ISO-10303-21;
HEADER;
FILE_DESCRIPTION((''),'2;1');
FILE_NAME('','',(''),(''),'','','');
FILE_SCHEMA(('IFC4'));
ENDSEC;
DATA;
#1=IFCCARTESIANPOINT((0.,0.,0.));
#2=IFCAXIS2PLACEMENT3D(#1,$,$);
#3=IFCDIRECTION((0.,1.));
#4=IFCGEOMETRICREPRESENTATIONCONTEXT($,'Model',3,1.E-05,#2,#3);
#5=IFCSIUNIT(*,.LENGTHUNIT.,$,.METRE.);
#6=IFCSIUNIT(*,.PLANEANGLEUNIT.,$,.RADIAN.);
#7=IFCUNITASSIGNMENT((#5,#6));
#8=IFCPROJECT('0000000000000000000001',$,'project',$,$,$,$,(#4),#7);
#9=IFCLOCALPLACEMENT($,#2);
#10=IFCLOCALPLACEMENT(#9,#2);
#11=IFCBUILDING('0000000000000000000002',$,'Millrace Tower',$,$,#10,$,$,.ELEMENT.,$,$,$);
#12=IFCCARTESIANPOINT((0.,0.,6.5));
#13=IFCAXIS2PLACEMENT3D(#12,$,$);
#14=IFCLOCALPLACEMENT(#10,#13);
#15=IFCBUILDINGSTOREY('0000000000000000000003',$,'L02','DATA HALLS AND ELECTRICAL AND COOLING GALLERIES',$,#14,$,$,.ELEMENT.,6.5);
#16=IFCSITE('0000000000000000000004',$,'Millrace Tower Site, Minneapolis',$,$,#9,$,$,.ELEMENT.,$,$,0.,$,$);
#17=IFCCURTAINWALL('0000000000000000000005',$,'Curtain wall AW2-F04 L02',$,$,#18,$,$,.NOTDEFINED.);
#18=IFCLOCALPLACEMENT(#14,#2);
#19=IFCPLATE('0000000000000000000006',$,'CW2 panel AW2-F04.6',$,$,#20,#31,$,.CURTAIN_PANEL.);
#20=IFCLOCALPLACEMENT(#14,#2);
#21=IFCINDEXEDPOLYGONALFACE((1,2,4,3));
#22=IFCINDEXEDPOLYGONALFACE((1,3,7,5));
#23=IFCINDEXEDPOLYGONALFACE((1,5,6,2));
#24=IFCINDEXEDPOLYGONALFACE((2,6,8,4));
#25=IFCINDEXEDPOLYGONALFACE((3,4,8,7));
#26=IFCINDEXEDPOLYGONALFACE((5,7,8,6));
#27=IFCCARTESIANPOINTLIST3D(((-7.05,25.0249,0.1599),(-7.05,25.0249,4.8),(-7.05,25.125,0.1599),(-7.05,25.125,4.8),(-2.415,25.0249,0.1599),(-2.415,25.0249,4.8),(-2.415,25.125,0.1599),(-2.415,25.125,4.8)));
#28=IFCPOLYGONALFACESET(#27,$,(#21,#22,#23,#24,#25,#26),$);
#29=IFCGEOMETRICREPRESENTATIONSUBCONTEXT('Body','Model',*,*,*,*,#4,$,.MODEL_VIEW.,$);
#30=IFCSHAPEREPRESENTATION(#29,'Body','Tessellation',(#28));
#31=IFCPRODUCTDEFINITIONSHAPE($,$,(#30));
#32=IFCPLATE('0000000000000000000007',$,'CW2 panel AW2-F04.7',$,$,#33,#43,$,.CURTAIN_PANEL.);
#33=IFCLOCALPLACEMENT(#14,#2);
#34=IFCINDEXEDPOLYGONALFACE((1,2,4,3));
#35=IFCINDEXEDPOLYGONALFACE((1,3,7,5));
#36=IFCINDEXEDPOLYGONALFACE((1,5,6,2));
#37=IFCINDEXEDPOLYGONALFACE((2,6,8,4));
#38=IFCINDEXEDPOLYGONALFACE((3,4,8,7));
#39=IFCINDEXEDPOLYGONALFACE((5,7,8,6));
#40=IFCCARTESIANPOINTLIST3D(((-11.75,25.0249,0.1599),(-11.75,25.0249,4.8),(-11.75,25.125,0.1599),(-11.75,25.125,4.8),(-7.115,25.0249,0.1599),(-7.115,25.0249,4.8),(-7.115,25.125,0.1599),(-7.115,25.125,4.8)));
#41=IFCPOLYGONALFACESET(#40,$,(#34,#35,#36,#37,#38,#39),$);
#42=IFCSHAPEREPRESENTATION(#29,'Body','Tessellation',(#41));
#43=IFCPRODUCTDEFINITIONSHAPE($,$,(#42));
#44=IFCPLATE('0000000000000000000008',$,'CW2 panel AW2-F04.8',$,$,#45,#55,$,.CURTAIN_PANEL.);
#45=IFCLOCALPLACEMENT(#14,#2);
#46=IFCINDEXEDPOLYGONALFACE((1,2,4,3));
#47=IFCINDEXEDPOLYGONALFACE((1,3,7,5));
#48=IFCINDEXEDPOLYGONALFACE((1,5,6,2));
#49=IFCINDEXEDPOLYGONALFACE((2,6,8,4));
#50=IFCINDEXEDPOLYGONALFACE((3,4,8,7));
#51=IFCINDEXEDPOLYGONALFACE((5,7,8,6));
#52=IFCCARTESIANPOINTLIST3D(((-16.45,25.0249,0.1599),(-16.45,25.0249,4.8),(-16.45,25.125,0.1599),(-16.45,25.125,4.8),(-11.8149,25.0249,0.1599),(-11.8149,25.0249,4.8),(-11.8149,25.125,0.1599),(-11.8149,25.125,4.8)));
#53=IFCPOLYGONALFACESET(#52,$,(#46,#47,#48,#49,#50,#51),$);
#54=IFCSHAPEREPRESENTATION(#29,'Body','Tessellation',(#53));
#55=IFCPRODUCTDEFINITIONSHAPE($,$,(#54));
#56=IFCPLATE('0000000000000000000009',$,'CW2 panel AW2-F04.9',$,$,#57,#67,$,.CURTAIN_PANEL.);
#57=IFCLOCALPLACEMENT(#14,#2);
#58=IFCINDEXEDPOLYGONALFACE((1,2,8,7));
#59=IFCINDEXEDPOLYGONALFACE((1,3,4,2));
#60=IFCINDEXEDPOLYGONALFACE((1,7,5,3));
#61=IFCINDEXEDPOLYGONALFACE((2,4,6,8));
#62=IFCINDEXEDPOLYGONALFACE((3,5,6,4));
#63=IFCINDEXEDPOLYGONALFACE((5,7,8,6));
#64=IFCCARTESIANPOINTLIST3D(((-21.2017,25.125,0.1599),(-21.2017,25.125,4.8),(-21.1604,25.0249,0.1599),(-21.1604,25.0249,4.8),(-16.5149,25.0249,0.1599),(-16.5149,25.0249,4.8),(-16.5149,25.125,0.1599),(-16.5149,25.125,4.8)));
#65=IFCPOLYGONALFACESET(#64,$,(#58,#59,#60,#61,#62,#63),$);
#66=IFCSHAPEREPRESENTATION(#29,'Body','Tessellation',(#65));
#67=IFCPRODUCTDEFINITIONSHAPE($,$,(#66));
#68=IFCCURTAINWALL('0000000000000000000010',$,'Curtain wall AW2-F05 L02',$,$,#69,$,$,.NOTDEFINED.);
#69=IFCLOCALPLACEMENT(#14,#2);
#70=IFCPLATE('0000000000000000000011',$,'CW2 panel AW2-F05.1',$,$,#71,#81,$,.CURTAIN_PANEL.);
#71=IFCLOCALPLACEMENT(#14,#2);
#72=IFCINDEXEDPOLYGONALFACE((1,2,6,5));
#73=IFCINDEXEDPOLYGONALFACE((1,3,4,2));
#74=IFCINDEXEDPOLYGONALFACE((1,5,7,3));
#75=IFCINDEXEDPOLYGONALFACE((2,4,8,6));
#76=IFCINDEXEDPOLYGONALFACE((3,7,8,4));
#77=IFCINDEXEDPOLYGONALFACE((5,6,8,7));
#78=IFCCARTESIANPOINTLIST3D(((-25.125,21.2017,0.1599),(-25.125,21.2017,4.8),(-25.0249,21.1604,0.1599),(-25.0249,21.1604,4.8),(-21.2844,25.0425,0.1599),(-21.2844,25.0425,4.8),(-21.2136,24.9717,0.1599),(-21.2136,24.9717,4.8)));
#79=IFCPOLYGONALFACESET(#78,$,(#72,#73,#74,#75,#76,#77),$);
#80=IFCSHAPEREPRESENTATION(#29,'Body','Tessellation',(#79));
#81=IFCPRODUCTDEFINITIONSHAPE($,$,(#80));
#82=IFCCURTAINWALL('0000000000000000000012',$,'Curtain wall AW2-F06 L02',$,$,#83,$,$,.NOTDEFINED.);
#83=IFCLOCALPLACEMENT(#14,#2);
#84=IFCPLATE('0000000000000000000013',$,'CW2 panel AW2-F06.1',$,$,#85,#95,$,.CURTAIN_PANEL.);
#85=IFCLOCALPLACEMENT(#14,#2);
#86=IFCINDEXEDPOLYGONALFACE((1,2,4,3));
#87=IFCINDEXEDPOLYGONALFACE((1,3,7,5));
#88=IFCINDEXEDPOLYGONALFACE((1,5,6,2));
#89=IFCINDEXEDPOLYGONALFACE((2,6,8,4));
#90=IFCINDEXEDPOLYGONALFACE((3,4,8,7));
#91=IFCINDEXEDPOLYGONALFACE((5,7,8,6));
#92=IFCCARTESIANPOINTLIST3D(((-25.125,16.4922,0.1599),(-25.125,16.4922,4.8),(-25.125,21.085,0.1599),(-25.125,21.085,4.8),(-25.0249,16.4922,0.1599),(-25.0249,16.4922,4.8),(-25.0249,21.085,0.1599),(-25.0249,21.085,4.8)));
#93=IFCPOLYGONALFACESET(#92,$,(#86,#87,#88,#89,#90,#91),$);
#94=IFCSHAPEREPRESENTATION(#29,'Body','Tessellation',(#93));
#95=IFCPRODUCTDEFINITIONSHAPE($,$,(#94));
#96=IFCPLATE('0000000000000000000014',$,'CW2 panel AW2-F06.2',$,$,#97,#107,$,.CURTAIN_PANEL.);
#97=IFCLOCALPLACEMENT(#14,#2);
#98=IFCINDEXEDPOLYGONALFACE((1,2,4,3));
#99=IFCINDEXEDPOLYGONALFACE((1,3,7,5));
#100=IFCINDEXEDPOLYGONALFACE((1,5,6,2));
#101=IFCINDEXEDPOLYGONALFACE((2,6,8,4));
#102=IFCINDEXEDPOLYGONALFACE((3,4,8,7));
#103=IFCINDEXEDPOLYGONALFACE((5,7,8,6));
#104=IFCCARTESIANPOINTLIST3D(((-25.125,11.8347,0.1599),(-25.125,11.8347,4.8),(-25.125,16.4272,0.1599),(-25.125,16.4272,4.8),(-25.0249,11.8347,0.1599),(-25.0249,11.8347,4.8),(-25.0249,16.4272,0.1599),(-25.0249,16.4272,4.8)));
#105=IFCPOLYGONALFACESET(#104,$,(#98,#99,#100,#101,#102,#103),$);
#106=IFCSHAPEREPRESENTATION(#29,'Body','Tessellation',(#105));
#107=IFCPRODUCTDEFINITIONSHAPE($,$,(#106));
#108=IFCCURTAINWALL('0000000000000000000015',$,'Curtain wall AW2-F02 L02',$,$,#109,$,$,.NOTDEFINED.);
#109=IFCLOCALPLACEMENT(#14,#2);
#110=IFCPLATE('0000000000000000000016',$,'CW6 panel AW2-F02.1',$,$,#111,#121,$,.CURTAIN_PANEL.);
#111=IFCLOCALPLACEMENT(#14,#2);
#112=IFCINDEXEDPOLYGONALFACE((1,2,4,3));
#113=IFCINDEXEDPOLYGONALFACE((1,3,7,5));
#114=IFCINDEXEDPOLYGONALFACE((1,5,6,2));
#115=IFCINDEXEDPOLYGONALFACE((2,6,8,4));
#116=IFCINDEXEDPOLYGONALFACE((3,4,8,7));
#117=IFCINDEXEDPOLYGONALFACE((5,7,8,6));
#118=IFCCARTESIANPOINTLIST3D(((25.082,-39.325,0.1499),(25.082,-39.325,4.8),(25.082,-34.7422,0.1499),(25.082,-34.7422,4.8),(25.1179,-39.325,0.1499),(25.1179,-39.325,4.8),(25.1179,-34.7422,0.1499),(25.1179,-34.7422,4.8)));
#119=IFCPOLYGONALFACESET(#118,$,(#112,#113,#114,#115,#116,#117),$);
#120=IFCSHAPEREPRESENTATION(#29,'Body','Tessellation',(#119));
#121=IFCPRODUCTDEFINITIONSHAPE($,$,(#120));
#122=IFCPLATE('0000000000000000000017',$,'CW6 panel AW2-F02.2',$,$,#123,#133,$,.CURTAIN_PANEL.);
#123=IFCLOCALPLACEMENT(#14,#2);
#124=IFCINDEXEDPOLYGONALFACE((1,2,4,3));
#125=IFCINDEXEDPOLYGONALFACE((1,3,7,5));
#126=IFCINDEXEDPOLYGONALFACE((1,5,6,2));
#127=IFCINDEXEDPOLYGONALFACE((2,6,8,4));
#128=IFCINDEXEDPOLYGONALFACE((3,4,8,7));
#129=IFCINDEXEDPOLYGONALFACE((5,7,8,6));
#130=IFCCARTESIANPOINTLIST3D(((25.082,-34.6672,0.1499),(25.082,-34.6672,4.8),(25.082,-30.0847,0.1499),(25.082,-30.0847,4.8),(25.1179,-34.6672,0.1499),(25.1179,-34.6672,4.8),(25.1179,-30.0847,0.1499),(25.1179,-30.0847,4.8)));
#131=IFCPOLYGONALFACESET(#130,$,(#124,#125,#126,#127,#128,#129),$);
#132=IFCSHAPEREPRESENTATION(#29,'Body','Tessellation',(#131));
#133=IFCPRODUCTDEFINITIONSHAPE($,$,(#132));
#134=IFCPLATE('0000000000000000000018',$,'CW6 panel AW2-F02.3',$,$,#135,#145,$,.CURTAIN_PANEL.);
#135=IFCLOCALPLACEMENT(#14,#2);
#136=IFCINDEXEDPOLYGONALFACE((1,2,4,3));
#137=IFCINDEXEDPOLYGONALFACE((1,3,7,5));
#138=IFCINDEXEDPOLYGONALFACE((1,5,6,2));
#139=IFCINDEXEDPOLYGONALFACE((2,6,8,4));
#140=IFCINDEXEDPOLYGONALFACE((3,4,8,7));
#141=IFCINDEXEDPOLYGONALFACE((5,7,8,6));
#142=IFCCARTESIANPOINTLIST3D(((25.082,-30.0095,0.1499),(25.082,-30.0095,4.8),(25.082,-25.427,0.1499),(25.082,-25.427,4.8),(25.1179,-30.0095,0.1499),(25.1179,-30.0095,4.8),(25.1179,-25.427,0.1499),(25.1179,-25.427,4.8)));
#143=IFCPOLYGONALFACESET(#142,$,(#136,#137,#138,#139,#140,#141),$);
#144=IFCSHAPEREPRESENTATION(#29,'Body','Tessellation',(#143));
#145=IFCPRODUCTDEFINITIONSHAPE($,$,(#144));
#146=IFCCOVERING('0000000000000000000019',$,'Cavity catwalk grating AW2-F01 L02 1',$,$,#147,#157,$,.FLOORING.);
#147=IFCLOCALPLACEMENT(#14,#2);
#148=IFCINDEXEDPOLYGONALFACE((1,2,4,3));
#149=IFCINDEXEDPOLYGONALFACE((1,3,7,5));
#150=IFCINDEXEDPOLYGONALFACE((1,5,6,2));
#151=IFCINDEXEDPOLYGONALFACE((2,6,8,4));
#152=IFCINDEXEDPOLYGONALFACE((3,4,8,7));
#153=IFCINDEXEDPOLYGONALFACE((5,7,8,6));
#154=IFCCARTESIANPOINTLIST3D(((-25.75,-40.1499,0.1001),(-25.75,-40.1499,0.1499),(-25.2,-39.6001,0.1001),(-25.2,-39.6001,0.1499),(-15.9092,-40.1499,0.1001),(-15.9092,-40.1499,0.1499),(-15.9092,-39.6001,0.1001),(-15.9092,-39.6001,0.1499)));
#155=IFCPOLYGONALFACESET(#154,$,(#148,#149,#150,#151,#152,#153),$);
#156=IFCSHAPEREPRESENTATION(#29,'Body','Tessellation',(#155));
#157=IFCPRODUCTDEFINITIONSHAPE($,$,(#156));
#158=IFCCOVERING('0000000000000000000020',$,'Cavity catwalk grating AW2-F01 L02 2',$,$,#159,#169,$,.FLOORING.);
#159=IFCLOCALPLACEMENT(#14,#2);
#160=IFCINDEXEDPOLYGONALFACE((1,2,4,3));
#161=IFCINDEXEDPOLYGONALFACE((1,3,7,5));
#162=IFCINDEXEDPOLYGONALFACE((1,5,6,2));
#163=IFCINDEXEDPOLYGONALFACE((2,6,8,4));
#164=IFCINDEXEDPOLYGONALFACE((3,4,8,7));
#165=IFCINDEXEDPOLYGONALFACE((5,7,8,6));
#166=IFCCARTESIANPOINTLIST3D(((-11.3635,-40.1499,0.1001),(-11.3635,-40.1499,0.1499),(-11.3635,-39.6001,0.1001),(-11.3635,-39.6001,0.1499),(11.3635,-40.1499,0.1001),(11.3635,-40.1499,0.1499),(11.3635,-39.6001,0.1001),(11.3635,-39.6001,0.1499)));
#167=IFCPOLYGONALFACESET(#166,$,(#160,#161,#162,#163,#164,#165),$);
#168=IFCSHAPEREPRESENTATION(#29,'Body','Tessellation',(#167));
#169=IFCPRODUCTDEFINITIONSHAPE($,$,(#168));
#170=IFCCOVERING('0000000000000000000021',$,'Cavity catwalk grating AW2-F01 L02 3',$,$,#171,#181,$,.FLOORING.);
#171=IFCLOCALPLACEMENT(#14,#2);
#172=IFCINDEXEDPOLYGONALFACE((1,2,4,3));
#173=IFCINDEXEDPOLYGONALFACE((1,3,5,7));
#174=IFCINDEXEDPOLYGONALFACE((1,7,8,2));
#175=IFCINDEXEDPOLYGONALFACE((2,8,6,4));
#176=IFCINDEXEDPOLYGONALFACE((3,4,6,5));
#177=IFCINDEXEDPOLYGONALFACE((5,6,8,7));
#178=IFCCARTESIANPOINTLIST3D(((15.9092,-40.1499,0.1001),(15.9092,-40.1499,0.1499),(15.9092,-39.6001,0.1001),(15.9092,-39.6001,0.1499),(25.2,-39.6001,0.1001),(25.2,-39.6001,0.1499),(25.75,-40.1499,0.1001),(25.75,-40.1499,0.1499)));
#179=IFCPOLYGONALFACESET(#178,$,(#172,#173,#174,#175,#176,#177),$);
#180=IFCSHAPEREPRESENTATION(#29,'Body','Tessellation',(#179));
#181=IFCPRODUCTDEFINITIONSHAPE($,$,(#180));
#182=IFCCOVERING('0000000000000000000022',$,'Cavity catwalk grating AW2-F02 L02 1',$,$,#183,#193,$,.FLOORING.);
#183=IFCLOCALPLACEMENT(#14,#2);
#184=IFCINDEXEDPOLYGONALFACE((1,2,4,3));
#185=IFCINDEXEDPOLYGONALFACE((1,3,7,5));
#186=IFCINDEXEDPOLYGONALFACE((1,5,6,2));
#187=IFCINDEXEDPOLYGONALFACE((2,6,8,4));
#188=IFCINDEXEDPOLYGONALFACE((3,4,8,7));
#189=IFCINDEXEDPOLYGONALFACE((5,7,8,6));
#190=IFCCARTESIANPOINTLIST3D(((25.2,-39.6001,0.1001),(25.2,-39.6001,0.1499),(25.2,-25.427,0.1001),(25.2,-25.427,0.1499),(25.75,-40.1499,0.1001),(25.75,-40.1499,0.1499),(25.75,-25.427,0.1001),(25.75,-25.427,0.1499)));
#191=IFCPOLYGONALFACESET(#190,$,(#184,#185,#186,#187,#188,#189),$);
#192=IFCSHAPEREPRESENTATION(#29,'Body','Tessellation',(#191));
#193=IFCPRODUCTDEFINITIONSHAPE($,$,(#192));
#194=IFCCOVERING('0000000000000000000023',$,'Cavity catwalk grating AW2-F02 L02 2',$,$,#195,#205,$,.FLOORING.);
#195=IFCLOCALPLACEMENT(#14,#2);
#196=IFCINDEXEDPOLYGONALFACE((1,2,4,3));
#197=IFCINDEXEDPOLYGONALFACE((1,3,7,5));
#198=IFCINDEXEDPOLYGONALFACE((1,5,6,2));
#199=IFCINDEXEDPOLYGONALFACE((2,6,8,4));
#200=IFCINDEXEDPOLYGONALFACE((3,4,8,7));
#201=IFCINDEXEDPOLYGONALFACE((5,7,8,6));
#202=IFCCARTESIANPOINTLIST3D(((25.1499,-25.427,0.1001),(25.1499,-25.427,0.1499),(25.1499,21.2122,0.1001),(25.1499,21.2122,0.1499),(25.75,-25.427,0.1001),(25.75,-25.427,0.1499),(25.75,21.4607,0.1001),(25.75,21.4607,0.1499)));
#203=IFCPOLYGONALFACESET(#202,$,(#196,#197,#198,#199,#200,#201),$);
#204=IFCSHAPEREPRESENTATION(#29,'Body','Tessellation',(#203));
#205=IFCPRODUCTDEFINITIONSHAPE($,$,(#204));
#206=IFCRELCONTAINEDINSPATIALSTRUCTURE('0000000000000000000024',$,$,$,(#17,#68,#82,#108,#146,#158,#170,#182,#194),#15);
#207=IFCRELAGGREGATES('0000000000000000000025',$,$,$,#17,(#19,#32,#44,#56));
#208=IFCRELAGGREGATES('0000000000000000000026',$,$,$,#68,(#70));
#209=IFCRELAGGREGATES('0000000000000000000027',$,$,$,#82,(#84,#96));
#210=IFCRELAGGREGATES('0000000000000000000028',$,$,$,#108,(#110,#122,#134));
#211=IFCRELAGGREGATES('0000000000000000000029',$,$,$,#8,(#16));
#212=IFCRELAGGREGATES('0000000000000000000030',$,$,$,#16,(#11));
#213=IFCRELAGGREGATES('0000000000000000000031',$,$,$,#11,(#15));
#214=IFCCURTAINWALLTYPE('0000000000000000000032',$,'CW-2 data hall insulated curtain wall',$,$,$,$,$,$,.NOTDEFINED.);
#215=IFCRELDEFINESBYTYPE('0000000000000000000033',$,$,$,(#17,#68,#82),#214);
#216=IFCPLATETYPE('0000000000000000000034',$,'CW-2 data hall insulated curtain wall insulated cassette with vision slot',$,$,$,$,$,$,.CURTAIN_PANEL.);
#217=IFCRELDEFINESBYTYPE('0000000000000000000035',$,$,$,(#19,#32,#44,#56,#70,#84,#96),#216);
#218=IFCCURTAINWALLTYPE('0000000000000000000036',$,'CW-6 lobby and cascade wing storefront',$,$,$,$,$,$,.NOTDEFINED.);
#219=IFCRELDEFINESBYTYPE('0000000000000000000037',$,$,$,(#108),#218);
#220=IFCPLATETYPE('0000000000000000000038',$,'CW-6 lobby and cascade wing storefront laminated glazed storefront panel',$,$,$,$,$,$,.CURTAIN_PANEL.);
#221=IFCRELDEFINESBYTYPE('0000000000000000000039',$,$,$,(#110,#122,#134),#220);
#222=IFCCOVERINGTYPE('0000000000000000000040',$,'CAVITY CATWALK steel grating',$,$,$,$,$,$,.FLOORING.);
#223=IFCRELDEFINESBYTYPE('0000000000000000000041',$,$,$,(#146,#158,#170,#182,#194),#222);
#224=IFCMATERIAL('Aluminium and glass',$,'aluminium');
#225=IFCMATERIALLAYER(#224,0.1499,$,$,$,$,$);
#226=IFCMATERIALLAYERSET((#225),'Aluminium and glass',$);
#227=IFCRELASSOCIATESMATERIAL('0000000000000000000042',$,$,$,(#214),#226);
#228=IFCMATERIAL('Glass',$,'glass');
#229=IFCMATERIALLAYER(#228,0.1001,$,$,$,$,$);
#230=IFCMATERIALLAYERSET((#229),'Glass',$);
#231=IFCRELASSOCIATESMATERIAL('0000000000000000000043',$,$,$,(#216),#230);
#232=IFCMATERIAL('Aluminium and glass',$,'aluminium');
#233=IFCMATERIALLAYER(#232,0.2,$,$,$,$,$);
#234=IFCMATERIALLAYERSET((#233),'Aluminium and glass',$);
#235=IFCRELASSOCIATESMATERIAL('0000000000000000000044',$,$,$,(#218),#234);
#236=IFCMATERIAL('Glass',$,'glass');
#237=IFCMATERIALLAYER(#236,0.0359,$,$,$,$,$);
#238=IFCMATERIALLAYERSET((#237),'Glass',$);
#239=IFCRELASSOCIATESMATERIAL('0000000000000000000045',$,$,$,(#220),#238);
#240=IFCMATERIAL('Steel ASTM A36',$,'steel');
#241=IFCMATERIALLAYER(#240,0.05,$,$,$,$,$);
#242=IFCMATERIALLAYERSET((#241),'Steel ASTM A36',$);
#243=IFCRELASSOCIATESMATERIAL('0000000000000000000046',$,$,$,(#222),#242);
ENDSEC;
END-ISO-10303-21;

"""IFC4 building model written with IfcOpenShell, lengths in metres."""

from ifc_helpers import new_model, si_unit, direction, frame, origin, place, context, subcontext, project, spatial, polyline, outline, extrude, material, layer, layer_set, type_object, element, aggregate, save


model = new_model("IFC4")

# Units and contexts
model_context = context("Model", 3, precision=1e-05, world=origin(), true_north=direction((0.0, 1.0)))
body_context = subcontext(model_context, "Body", "Model", "MODEL_VIEW")
ifc_project = project(units=[si_unit("LENGTHUNIT", "METRE"), si_unit("PLANEANGLEUNIT", "RADIAN")], contexts=[model_context])

# Site, building, storey
site_placement = place(None, origin())
site = spatial("IfcSite", under=ifc_project, at=site_placement, Name="Millrace Tower Site, Minneapolis", CompositionType="ELEMENT", RefElevation=0.0)
building_placement = place(site_placement, origin())
building = spatial("IfcBuilding", under=site, at=building_placement, Name="Millrace Tower", CompositionType="ELEMENT")
storey_placement = place(building_placement, frame((0.0, 0.0, 6.5)))
storey = spatial("IfcBuildingStorey", under=building, at=storey_placement, Name="L02", Description="DATA HALLS AND ELECTRICAL AND COOLING GALLERIES", CompositionType="ELEMENT", Elevation=6.5)

# Shared definitions
ifc_material_1 = material(Name="Aluminium and glass", Category="aluminium")
ifc_layer_1 = layer(ifc_material_1, 0.1499)
ifc_layer_set_1 = layer_set([ifc_layer_1], Name="Aluminium and glass")
curtain_wall_type_1 = type_object("IfcCurtainWallType", Name="CW-2 data hall insulated curtain wall", PredefinedType="NOTDEFINED", material=ifc_layer_set_1)
placement_1 = place(storey_placement, origin())
ifc_material_2 = material(Name="Glass", Category="glass")
ifc_layer_2 = layer(ifc_material_2, 0.1001)
ifc_layer_set_2 = layer_set([ifc_layer_2], Name="Glass")
plate_type_1 = type_object("IfcPlateType", Name="CW-2 data hall insulated curtain wall insulated cassette with vision slot", PredefinedType="CURTAIN_PANEL", material=ifc_layer_set_2)
placement_2 = place(storey_placement, frame((0.0, 0.0, 0.1599)))

# Curtain wall, plates
curtain_wall_1 = element("IfcCurtainWall", 1, at=placement_1, inside=storey, type_object=curtain_wall_type_1, Name="Curtain wall AW2-F04 L02", PredefinedType="NOTDEFINED")
plate_1 = element("IfcPlate", 2, at=placement_2, type_object=plate_type_1, Name="CW2 panel AW2-F04.6", PredefinedType="CURTAIN_PANEL", context=body_context, shape_type="SweptSolid", body=[
    extrude(outline(polyline([(-2.415, 25.125), (-7.05, 25.125), (-7.05, 25.0249), (-2.415, 25.0249), (-2.415, 25.125)])), origin(), (0.0, 0.0, 1.0), 4.6401),
])
plate_2 = element("IfcPlate", 3, at=placement_2, type_object=plate_type_1, Name="CW2 panel AW2-F04.7", PredefinedType="CURTAIN_PANEL", context=body_context, shape_type="SweptSolid", body=[
    extrude(outline(polyline([(-7.115, 25.125), (-11.75, 25.125), (-11.75, 25.0249), (-7.115, 25.0249), (-7.115, 25.125)])), origin(), (0.0, 0.0, 1.0), 4.6401),
])
plate_3 = element("IfcPlate", 4, at=placement_2, type_object=plate_type_1, Name="CW2 panel AW2-F04.8", PredefinedType="CURTAIN_PANEL", context=body_context, shape_type="SweptSolid", body=[
    extrude(outline(polyline([(-11.8149, 25.125), (-16.45, 25.125), (-16.45, 25.0249), (-11.8149, 25.0249), (-11.8149, 25.125)])), origin(), (0.0, 0.0, 1.0), 4.6401),
])
plate_4 = element("IfcPlate", 5, at=placement_2, type_object=plate_type_1, Name="CW2 panel AW2-F04.9", PredefinedType="CURTAIN_PANEL", context=body_context, shape_type="SweptSolid", body=[
    extrude(outline(polyline([(-16.5149, 25.125), (-21.2017, 25.125), (-21.1604, 25.0249), (-16.5149, 25.0249), (-16.5149, 25.125)])), origin(), (0.0, 0.0, 1.0), 4.6401),
])
aggregate(curtain_wall_1, [plate_1, plate_2, plate_3, plate_4])

# Curtain wall, plate
curtain_wall_2 = element("IfcCurtainWall", 6, at=placement_1, inside=storey, type_object=curtain_wall_type_1, Name="Curtain wall AW2-F05 L02", PredefinedType="NOTDEFINED")
plate_5 = element("IfcPlate", 7, at=placement_2, type_object=plate_type_1, Name="CW2 panel AW2-F05.1", PredefinedType="CURTAIN_PANEL", context=body_context, shape_type="SweptSolid", body=[
    extrude(outline(polyline([(-21.2844, 25.0425), (-25.125, 21.2017), (-25.0249, 21.1604), (-21.2136, 24.9717), (-21.2844, 25.0425)])), origin(), (0.0, 0.0, 1.0), 4.6401),
])
aggregate(curtain_wall_2, [plate_5])

# Curtain walls, plates
curtain_wall_3 = element("IfcCurtainWall", 8, at=placement_1, inside=storey, type_object=curtain_wall_type_1, Name="Curtain wall AW2-F06 L02", PredefinedType="NOTDEFINED")
plate_6 = element("IfcPlate", 9, at=placement_2, type_object=plate_type_1, Name="CW2 panel AW2-F06.1", PredefinedType="CURTAIN_PANEL", context=body_context, shape_type="SweptSolid", body=[
    extrude(outline(polyline([(-25.125, 21.085), (-25.125, 16.4922), (-25.0249, 16.4922), (-25.0249, 21.085), (-25.125, 21.085)])), origin(), (0.0, 0.0, 1.0), 4.6401),
])
plate_7 = element("IfcPlate", 10, at=placement_2, type_object=plate_type_1, Name="CW2 panel AW2-F06.2", PredefinedType="CURTAIN_PANEL", context=body_context, shape_type="SweptSolid", body=[
    extrude(outline(polyline([(-25.125, 16.4272), (-25.125, 11.8347), (-25.0249, 11.8347), (-25.0249, 16.4272), (-25.125, 16.4272)])), origin(), (0.0, 0.0, 1.0), 4.6401),
])
aggregate(curtain_wall_3, [plate_6, plate_7])
ifc_material_3 = material(Name="Aluminium and glass", Category="aluminium")
ifc_layer_3 = layer(ifc_material_3, 0.2)
ifc_layer_set_3 = layer_set([ifc_layer_3], Name="Aluminium and glass")
curtain_wall_type_2 = type_object("IfcCurtainWallType", Name="CW-6 lobby and cascade wing storefront", PredefinedType="NOTDEFINED", material=ifc_layer_set_3)
curtain_wall_4 = element("IfcCurtainWall", 11, at=placement_1, inside=storey, type_object=curtain_wall_type_2, Name="Curtain wall AW2-F02 L02", PredefinedType="NOTDEFINED")
ifc_material_4 = material(Name="Glass", Category="glass")
ifc_layer_4 = layer(ifc_material_4, 0.0359)
ifc_layer_set_4 = layer_set([ifc_layer_4], Name="Glass")
plate_type_2 = type_object("IfcPlateType", Name="CW-6 lobby and cascade wing storefront laminated glazed storefront panel", PredefinedType="CURTAIN_PANEL", material=ifc_layer_set_4)
placement_3 = place(storey_placement, frame((0.0, 0.0, 0.1499)))
plate_8 = element("IfcPlate", 12, at=placement_3, type_object=plate_type_2, Name="CW6 panel AW2-F02.1", PredefinedType="CURTAIN_PANEL", context=body_context, shape_type="SweptSolid", body=[
    extrude(outline(polyline([(25.1179, -39.325), (25.1179, -34.7422), (25.082, -34.7422), (25.082, -39.325), (25.1179, -39.325)])), origin(), (0.0, 0.0, 1.0), 4.6501),
])
plate_9 = element("IfcPlate", 13, at=placement_3, type_object=plate_type_2, Name="CW6 panel AW2-F02.2", PredefinedType="CURTAIN_PANEL", context=body_context, shape_type="SweptSolid", body=[
    extrude(outline(polyline([(25.1179, -34.6672), (25.1179, -30.0847), (25.082, -30.0847), (25.082, -34.6672), (25.1179, -34.6672)])), origin(), (0.0, 0.0, 1.0), 4.6501),
])
plate_10 = element("IfcPlate", 14, at=placement_3, type_object=plate_type_2, Name="CW6 panel AW2-F02.3", PredefinedType="CURTAIN_PANEL", context=body_context, shape_type="SweptSolid", body=[
    extrude(outline(polyline([(25.1179, -30.0095), (25.1179, -25.427), (25.082, -25.427), (25.082, -30.0095), (25.1179, -30.0095)])), origin(), (0.0, 0.0, 1.0), 4.6501),
])
aggregate(curtain_wall_4, [plate_8, plate_9, plate_10])

# Coverings
ifc_material_5 = material(Name="Steel ASTM A36", Category="steel")
ifc_layer_5 = layer(ifc_material_5, 0.05)
ifc_layer_set_5 = layer_set([ifc_layer_5], Name="Steel ASTM A36")
covering_type = type_object("IfcCoveringType", Name="CAVITY CATWALK steel grating", PredefinedType="FLOORING", material=ifc_layer_set_5)
placement_4 = place(storey_placement, frame((0.0, 0.0, 0.1001)))
element("IfcCovering", 15, at=placement_4, inside=storey, type_object=covering_type, Name="Cavity catwalk grating AW2-F01 L02 1", PredefinedType="FLOORING", context=body_context, shape_type="SweptSolid", body=[
    extrude(outline(polyline([(-25.75, -40.1499), (-15.9092, -40.1499), (-15.9092, -39.6001), (-25.2, -39.6001), (-25.75, -40.1499)])), origin(), (0.0, 0.0, 1.0), 0.0498),
])
element("IfcCovering", 16, at=placement_4, inside=storey, type_object=covering_type, Name="Cavity catwalk grating AW2-F01 L02 2", PredefinedType="FLOORING", context=body_context, shape_type="SweptSolid", body=[
    extrude(outline(polyline([(-11.3635, -40.1499), (11.3635, -40.1499), (11.3635, -39.6001), (-11.3635, -39.6001), (-11.3635, -40.1499)])), origin(), (0.0, 0.0, 1.0), 0.0498),
])
element("IfcCovering", 17, at=placement_4, inside=storey, type_object=covering_type, Name="Cavity catwalk grating AW2-F01 L02 3", PredefinedType="FLOORING", context=body_context, shape_type="SweptSolid", body=[
    extrude(outline(polyline([(15.9092, -40.1499), (25.75, -40.1499), (25.2, -39.6001), (15.9092, -39.6001), (15.9092, -40.1499)])), origin(), (0.0, 0.0, 1.0), 0.0498),
])
element("IfcCovering", 18, at=placement_4, inside=storey, type_object=covering_type, Name="Cavity catwalk grating AW2-F02 L02 1", PredefinedType="FLOORING", context=body_context, shape_type="SweptSolid", body=[
    extrude(outline(polyline([(25.75, -40.1499), (25.75, -25.427), (25.2, -25.427), (25.2, -39.6001), (25.75, -40.1499)])), origin(), (0.0, 0.0, 1.0), 0.0498),
])
element("IfcCovering", 19, at=placement_4, inside=storey, type_object=covering_type, Name="Cavity catwalk grating AW2-F02 L02 2", PredefinedType="FLOORING", context=body_context, shape_type="SweptSolid", body=[
    extrude(outline(polyline([(25.75, -25.427), (25.75, 21.4607), (25.1499, 21.2122), (25.1499, -25.427), (25.75, -25.427)])), origin(), (0.0, 0.0, 1.0), 0.0498),
])

save(model, "model.ifc")
